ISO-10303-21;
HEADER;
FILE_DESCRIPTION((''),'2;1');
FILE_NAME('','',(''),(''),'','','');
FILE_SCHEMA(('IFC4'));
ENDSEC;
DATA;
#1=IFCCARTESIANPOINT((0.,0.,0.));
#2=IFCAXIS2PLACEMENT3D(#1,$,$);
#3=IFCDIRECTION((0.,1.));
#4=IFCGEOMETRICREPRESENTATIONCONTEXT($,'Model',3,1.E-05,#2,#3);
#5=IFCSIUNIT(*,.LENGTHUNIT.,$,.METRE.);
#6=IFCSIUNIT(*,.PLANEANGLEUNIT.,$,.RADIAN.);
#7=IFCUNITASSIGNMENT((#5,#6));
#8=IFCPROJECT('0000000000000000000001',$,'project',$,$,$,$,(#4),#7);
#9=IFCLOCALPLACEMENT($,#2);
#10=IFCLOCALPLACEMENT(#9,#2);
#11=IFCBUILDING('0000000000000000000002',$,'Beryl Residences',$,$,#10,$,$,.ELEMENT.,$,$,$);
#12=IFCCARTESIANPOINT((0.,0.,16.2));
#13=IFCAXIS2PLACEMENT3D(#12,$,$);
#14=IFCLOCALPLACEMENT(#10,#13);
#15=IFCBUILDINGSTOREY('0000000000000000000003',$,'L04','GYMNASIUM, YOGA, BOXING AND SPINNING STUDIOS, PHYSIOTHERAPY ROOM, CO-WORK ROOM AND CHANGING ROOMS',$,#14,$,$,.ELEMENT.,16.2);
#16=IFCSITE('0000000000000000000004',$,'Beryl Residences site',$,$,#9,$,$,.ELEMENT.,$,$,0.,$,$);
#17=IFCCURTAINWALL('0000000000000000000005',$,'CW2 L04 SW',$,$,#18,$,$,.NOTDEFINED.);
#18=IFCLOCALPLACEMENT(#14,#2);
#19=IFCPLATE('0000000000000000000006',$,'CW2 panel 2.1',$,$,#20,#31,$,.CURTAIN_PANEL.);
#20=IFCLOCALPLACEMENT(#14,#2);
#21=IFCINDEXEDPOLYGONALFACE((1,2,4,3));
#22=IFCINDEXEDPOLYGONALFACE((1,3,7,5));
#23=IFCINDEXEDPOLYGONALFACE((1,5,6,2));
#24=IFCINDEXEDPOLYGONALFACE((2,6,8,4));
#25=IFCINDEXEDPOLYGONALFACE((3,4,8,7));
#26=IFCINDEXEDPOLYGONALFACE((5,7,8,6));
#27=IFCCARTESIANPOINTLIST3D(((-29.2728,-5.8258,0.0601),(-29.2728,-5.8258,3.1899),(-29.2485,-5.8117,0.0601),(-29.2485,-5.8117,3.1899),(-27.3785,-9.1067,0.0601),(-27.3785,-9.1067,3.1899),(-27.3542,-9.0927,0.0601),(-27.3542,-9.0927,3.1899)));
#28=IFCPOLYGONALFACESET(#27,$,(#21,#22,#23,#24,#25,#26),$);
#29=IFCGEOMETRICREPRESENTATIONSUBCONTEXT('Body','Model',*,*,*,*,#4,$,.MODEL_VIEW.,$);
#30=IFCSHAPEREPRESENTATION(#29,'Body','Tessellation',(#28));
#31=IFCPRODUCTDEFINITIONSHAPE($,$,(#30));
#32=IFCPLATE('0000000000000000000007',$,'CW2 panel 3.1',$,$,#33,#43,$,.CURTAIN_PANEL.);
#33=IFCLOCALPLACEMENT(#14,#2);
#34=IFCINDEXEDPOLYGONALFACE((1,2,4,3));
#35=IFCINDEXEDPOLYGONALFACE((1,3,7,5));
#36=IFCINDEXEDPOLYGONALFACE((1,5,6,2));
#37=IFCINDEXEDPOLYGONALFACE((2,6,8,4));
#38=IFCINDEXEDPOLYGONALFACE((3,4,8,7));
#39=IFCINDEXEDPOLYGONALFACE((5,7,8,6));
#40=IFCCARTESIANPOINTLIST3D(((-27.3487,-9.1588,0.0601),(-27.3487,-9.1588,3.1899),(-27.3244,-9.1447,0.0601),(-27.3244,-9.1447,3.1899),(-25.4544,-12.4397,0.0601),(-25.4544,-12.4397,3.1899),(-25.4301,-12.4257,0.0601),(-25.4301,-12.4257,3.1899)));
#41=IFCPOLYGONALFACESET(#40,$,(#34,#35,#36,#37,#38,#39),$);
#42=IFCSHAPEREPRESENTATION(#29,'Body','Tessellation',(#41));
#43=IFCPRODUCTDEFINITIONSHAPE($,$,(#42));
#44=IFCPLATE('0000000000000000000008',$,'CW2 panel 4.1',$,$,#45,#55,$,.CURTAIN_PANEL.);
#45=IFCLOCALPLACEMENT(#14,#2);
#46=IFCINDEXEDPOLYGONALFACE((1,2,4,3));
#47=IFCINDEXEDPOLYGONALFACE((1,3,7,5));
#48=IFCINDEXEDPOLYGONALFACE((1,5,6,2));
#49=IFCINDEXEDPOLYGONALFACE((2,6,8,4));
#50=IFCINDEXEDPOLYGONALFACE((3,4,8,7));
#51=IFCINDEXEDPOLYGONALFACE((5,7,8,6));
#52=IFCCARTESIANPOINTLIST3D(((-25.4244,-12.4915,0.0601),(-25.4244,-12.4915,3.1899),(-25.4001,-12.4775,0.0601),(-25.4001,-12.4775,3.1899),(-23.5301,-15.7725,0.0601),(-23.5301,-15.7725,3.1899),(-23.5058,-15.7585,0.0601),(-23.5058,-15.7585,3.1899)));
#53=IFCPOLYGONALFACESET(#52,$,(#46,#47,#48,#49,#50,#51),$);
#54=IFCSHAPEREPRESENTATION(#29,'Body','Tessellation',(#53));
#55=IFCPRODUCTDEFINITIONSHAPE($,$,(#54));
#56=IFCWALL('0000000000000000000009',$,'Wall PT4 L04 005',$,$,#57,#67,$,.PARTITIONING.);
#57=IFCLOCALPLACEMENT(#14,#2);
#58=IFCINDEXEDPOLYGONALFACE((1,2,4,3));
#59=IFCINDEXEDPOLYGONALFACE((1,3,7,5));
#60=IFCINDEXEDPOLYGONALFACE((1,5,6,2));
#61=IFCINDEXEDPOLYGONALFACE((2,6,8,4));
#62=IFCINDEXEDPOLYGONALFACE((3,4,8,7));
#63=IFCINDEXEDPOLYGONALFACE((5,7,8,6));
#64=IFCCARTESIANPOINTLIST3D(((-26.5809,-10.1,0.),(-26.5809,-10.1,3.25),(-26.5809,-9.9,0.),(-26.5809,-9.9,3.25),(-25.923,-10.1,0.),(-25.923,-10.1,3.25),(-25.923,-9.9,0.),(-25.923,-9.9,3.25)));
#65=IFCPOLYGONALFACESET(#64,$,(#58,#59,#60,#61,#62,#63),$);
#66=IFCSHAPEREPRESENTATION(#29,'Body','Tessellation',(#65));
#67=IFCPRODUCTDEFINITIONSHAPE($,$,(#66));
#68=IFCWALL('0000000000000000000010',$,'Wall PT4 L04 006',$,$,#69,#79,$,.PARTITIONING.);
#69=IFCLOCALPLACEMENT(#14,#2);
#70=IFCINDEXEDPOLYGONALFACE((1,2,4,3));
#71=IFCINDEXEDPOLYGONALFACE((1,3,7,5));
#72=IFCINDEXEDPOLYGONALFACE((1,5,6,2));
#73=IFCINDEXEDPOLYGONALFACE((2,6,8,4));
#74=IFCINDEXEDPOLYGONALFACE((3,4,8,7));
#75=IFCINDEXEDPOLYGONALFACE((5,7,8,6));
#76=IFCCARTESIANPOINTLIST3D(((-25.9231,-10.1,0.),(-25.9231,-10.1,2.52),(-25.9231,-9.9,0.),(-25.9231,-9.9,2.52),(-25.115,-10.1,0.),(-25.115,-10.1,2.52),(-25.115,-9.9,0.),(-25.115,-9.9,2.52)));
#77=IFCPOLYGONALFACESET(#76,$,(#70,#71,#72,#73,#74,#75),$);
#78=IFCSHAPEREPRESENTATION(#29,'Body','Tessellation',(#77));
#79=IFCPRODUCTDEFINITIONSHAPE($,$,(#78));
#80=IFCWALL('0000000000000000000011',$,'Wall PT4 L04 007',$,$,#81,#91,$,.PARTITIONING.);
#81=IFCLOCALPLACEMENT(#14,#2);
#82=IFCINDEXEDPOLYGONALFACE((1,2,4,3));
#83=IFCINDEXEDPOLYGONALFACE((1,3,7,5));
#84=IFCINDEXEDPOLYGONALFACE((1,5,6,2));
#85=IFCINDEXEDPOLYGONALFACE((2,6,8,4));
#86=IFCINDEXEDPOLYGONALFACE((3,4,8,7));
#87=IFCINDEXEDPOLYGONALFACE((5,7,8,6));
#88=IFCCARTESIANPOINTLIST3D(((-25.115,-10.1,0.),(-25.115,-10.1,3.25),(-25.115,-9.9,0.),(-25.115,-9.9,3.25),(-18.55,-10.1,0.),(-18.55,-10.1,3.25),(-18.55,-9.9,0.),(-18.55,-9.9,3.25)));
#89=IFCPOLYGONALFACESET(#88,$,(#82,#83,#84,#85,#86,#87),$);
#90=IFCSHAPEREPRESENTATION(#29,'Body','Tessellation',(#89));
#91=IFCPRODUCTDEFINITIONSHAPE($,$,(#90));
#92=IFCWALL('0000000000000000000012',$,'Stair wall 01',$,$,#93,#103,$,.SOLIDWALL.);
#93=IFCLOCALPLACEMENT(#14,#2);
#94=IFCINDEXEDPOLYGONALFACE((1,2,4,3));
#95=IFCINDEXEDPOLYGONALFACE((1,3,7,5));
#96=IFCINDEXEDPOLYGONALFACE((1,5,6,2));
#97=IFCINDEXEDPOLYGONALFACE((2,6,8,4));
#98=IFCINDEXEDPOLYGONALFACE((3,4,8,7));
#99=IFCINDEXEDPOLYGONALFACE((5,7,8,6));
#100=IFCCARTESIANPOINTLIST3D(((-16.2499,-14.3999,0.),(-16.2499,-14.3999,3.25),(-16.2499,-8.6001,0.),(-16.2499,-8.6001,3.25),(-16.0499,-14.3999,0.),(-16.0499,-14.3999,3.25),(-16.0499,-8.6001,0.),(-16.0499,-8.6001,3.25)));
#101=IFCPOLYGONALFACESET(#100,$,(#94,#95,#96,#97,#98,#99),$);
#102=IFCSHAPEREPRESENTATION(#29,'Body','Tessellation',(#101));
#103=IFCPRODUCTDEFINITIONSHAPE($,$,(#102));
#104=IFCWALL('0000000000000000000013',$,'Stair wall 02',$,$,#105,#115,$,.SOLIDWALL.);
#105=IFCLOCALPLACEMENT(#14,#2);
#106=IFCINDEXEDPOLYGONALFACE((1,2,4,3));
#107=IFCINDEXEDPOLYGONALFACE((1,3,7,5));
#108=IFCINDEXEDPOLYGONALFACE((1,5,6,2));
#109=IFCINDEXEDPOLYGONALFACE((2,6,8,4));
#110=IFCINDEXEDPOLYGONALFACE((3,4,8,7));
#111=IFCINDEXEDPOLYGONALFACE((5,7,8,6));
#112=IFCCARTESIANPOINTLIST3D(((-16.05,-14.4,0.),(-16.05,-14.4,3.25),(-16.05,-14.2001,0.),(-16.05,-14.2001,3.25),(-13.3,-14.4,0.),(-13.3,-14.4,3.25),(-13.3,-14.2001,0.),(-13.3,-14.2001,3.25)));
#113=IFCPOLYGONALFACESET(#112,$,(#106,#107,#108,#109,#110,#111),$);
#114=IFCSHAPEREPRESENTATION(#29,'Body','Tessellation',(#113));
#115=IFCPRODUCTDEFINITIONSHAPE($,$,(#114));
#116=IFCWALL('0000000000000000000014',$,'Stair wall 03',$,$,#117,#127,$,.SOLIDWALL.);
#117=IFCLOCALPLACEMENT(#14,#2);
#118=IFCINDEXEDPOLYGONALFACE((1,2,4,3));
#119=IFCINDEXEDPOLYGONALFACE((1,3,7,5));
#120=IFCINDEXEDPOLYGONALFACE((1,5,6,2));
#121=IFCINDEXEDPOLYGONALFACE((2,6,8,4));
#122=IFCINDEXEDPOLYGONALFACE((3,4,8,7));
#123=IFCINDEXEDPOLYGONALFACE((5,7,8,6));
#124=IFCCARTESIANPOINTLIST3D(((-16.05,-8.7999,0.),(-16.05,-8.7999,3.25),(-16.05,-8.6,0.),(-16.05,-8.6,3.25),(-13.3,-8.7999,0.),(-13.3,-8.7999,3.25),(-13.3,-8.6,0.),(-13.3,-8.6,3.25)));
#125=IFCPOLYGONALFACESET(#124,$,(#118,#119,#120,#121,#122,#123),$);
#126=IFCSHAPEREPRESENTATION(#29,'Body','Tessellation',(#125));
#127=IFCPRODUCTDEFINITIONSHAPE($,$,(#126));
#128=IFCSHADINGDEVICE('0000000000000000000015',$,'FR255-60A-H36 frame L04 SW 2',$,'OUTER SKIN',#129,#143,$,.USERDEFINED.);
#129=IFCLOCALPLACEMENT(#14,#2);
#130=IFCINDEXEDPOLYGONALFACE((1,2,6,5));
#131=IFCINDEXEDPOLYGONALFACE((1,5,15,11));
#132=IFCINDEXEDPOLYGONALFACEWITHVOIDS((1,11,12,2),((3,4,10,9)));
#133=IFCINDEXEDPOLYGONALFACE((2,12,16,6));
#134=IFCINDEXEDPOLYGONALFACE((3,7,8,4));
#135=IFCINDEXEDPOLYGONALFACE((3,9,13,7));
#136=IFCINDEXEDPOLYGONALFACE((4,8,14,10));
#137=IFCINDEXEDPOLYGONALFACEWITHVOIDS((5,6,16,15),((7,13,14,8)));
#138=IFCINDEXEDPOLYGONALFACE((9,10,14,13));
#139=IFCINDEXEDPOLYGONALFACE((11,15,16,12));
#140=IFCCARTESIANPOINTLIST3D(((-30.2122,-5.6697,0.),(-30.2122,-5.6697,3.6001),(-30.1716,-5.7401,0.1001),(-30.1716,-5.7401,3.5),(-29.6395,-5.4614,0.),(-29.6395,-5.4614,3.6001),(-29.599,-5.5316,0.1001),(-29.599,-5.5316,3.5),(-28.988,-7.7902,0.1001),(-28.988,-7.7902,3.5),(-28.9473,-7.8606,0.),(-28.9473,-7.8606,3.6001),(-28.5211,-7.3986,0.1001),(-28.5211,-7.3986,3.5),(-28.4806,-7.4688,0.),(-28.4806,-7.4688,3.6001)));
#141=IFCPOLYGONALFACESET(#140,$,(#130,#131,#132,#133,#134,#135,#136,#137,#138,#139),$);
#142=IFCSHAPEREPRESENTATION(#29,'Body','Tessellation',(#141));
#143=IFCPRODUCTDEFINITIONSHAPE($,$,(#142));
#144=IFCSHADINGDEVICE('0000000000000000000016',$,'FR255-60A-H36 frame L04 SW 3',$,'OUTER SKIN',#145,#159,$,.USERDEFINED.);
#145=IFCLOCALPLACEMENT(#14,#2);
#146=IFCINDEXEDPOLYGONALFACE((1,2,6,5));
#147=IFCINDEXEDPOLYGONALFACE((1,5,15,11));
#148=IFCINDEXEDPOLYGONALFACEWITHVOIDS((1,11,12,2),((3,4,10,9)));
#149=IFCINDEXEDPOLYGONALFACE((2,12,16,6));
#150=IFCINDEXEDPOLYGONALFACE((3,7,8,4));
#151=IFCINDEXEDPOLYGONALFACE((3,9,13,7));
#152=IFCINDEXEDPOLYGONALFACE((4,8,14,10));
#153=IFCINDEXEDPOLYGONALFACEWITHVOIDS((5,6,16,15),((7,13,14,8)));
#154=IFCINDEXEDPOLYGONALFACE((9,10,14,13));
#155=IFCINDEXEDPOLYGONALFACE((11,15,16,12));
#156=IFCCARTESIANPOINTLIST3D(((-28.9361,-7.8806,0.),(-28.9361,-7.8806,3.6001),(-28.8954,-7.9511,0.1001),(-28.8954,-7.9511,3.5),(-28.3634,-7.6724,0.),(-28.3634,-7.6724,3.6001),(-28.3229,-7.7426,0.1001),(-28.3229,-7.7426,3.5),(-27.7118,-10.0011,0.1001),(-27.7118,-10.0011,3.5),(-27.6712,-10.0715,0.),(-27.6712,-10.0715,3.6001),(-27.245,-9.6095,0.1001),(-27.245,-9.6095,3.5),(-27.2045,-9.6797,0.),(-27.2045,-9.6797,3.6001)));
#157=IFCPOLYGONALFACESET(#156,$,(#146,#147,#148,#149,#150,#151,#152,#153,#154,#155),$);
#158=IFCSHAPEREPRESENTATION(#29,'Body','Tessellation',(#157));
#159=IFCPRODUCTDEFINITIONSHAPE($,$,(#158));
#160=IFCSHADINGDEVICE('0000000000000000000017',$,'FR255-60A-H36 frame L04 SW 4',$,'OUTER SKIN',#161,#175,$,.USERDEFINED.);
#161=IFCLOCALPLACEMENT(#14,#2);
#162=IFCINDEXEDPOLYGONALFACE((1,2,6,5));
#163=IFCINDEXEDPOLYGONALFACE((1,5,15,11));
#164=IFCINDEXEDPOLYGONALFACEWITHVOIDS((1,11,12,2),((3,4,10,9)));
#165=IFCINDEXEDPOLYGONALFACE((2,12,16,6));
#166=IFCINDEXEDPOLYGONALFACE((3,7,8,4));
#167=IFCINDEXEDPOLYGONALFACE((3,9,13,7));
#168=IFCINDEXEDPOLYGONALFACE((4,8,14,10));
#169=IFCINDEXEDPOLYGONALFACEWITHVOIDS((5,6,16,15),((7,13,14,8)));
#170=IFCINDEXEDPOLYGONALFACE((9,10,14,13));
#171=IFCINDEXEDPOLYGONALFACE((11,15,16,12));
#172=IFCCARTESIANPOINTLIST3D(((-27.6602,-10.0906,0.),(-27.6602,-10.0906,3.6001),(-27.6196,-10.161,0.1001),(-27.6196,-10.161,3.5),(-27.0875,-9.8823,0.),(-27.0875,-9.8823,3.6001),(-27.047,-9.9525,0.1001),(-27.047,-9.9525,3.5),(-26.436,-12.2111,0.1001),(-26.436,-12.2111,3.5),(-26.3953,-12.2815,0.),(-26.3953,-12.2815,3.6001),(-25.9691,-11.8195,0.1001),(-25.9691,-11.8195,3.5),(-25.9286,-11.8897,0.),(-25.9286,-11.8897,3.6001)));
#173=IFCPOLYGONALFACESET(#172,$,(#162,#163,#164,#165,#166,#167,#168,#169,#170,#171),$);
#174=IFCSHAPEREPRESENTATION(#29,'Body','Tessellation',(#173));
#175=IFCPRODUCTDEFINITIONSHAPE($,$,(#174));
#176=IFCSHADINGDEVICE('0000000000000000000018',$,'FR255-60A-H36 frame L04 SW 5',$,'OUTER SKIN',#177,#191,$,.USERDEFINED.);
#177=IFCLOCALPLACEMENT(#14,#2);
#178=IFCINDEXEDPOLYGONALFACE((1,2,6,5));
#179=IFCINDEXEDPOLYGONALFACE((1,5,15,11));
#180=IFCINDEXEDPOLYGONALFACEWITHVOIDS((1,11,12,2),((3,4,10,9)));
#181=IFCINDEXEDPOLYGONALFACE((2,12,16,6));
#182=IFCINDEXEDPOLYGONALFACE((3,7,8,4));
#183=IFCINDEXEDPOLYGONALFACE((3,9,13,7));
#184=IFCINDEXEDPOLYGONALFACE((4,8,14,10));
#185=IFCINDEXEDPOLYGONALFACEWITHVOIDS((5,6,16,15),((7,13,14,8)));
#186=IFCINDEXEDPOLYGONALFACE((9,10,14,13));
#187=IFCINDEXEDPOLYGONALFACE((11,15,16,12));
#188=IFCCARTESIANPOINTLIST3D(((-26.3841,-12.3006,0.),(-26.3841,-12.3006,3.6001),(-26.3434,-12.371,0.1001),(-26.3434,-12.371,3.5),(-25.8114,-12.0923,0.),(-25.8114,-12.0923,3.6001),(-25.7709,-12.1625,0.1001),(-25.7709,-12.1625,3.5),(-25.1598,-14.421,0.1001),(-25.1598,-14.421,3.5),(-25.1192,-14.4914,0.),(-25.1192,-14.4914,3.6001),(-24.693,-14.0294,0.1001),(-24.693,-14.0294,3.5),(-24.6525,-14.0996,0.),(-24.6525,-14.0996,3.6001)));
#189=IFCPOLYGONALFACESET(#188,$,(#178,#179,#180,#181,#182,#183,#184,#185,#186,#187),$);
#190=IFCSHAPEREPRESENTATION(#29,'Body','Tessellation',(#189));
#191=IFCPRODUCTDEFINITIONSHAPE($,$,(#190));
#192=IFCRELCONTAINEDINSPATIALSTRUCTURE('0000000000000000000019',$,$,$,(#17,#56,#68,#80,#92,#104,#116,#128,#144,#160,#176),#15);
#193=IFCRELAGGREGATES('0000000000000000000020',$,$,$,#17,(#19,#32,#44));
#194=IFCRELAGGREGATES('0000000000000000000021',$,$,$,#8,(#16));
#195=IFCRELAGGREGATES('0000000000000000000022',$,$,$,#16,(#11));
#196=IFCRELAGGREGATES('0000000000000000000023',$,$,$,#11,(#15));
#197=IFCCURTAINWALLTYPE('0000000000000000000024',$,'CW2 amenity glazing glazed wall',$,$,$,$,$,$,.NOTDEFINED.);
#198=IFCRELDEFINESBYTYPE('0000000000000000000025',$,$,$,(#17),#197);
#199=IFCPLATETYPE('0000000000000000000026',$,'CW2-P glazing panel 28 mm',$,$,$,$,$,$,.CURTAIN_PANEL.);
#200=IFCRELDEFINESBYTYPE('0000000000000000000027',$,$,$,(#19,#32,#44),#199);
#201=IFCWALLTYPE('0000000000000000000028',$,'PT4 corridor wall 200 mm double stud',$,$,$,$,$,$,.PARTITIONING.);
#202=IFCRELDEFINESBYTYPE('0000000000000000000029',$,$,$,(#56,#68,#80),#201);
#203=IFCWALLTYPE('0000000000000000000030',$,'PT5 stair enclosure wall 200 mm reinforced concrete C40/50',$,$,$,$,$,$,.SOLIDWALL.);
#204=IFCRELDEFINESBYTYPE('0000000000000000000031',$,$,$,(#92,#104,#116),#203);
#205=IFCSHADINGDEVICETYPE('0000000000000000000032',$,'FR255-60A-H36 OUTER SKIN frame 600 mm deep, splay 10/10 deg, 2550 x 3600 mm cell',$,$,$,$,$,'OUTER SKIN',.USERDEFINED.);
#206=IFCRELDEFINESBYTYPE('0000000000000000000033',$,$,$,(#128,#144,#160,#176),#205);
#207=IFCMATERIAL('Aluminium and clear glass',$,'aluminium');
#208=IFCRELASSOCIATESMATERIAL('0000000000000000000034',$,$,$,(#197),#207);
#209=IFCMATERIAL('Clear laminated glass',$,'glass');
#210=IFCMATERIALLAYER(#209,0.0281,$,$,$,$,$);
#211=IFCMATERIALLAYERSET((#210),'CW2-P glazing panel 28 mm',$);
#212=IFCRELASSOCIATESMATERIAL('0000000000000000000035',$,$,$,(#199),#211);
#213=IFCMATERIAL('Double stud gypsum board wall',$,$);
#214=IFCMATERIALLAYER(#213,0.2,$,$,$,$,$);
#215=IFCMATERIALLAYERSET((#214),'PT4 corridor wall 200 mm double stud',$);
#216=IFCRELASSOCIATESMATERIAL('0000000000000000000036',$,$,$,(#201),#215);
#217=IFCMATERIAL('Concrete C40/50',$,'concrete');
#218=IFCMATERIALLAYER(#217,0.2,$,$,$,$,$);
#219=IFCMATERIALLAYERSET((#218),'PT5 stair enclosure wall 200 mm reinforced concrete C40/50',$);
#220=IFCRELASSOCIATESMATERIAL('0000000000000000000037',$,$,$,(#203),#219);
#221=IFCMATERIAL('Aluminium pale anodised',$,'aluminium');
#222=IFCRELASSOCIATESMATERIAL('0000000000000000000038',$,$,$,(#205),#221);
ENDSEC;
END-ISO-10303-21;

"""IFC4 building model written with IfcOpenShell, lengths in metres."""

from ifc_helpers import new_model, entity, si_unit, direction, frame, frame_2d, origin, origin_2d, place, context, subcontext, project, spatial, rectangle, extrude, source, transform, mapped, material, layer, layer_set, type_object, type_shapes, element, aggregate, save


model = new_model("IFC4")

# Units and contexts
model_context = context("Model", 3, precision=1e-05, world=origin(), true_north=direction((0.0, 1.0)))
body_context = subcontext(model_context, "Body", "Model", "MODEL_VIEW")
ifc_project = project(units=[si_unit("LENGTHUNIT", "METRE"), si_unit("PLANEANGLEUNIT", "RADIAN")], contexts=[model_context])

# Site, building, storey
site_placement = place(None, origin())
site = spatial("IfcSite", under=ifc_project, at=site_placement, Name="Beryl Residences site", CompositionType="ELEMENT", RefElevation=0.0)
building_placement = place(site_placement, origin())
building = spatial("IfcBuilding", under=site, at=building_placement, Name="Beryl Residences", CompositionType="ELEMENT")
storey_placement = place(building_placement, frame((0.0, 0.0, 16.2)))
storey = spatial("IfcBuildingStorey", under=building, at=storey_placement, Name="L04", Description="GYMNASIUM, YOGA, BOXING AND SPINNING STUDIOS, PHYSIOTHERAPY ROOM, CO-WORK ROOM AND CHANGING ROOMS", CompositionType="ELEMENT", Elevation=16.2)

# Curtain wall
ifc_material_1 = material(Name="Aluminium and clear glass", Category="aluminium")
curtain_wall_type = type_object("IfcCurtainWallType", Name="CW2 amenity glazing glazed wall", PredefinedType="NOTDEFINED", material=ifc_material_1)
curtain_wall_placement = place(storey_placement, origin())
curtain_wall = element("IfcCurtainWall", 1, at=curtain_wall_placement, inside=storey, type_object=curtain_wall_type, Name="CW2 L04 SW", PredefinedType="NOTDEFINED")

# Plates
ifc_material_2 = material(Name="Clear laminated glass", Category="glass")
ifc_layer_1 = layer(ifc_material_2, 0.0281)
ifc_layer_set_1 = layer_set([ifc_layer_1], Name="CW2-P glazing panel 28 mm")
plate_type = type_object("IfcPlateType", Name="CW2-P glazing panel 28 mm", PredefinedType="CURTAIN_PANEL", material=ifc_layer_set_1)
plate_1_placement = place(storey_placement, frame((-28.3135, -7.4592, 0.0601), z_axis=(0.0, 0.0, 1.0), x_axis=(0.500012, -0.866019, 0.0)))
plate_1 = element("IfcPlate", 2, at=plate_1_placement, type_object=plate_type, Name="CW2 panel 2.1", PredefinedType="CURTAIN_PANEL", context=body_context, shape_type="SweptSolid", body=[
    extrude(rectangle(XDim=3.7886, YDim=0.0281, at=origin_2d()), origin(), (0.0, 0.0, 1.0), 3.1299),
])
plate_2_placement = place(storey_placement, frame((-26.3894, -10.7922, 0.0601), z_axis=(0.0, 0.0, 1.0), x_axis=(0.500012, -0.866019, 0.0)))
plate_2 = element("IfcPlate", 3, at=plate_2_placement, type_object=plate_type, Name="CW2 panel 3.1", PredefinedType="CURTAIN_PANEL", context=body_context, shape_type="SweptSolid", body=[
    extrude(rectangle(XDim=3.7886, YDim=0.0281, at=origin_2d()), origin(), (0.0, 0.0, 1.0), 3.1299),
])
plate_3_placement = place(storey_placement, frame((-24.4651, -14.125, 0.0601), z_axis=(0.0, 0.0, 1.0), x_axis=(0.500012, -0.866019, 0.0)))
plate_3 = element("IfcPlate", 4, at=plate_3_placement, type_object=plate_type, Name="CW2 panel 4.1", PredefinedType="CURTAIN_PANEL", context=body_context, shape_type="SweptSolid", body=[
    extrude(rectangle(XDim=3.7886, YDim=0.0281, at=origin_2d()), origin(), (0.0, 0.0, 1.0), 3.1299),
])
aggregate(curtain_wall, [plate_1, plate_2, plate_3])

# Walls
ifc_material_3 = material(Name="Double stud gypsum board wall")
ifc_layer_2 = layer(ifc_material_3, 0.2)
ifc_layer_set_2 = layer_set([ifc_layer_2], Name="PT4 corridor wall 200 mm double stud")
wall_type_1 = type_object("IfcWallType", Name="PT4 corridor wall 200 mm double stud", PredefinedType="PARTITIONING", material=ifc_layer_set_2)
wall_1_placement = place(storey_placement, frame((-26.5811, -10.0, 0.0), z_axis=(0.0, 0.0, 1.0), x_axis=(1.0, 0.0, 0.0)))
element("IfcWall", 5, at=wall_1_placement, inside=storey, type_object=wall_type_1, Name="Wall PT4 L04 005", PredefinedType="PARTITIONING", context=body_context, shape_type="SweptSolid", body=[
    extrude(rectangle(XDim=0.658, YDim=0.2, at=frame_2d((0.3291, 0.0))), origin(), (0.0, 0.0, 1.0), 3.25),
])
wall_2_placement = place(storey_placement, frame((-25.9231, -10.0, 0.0), z_axis=(0.0, 0.0, 1.0), x_axis=(1.0, 0.0, 0.0)))
element("IfcWall", 6, at=wall_2_placement, inside=storey, type_object=wall_type_1, Name="Wall PT4 L04 006", PredefinedType="PARTITIONING", context=body_context, shape_type="SweptSolid", body=[
    extrude(rectangle(XDim=0.8081, YDim=0.2, at=frame_2d((0.4041, 0.0))), origin(), (0.0, 0.0, 1.0), 2.52),
])
wall_3_placement = place(storey_placement, frame((-25.115, -10.0, 0.0), z_axis=(0.0, 0.0, 1.0), x_axis=(1.0, 0.0, 0.0)))
element("IfcWall", 7, at=wall_3_placement, inside=storey, type_object=wall_type_1, Name="Wall PT4 L04 007", PredefinedType="PARTITIONING", context=body_context, shape_type="SweptSolid", body=[
    extrude(rectangle(XDim=6.5649, YDim=0.2, at=frame_2d((3.2825, 0.0))), origin(), (0.0, 0.0, 1.0), 3.25),
])
ifc_material_4 = material(Name="Concrete C40/50", Category="concrete")
ifc_layer_3 = layer(ifc_material_4, 0.2)
ifc_layer_set_3 = layer_set([ifc_layer_3], Name="PT5 stair enclosure wall 200 mm reinforced concrete C40/50")
wall_type_2 = type_object("IfcWallType", Name="PT5 stair enclosure wall 200 mm reinforced concrete C40/50", PredefinedType="SOLIDWALL", material=ifc_layer_set_3)
wall_4_placement = place(storey_placement, frame((-16.1499, -14.3999, 0.0), z_axis=(0.0, 0.0, 1.0), x_axis=(0.0, 1.0, 0.0)))
element("IfcWall", 8, at=wall_4_placement, inside=storey, type_object=wall_type_2, Name="Stair wall 01", PredefinedType="SOLIDWALL", context=body_context, shape_type="SweptSolid", body=[
    extrude(rectangle(XDim=5.7998, YDim=0.2, at=frame_2d((2.8999, 0.0))), origin(), (0.0, 0.0, 1.0), 3.25),
])
for number, where, z_axis, x_axis, name in (
    (9, (-16.05, -14.3, 0.0), (0.0, 0.0, 1.0), (1.0, 0.0, 0.0), "Stair wall 02"),
    (10, (-16.05, -8.7, 0.0), (0.0, 0.0, 1.0), (1.0, 0.0, 0.0), "Stair wall 03"),
):
    element("IfcWall", number, at=place(storey_placement, frame(where, z_axis=z_axis, x_axis=x_axis)), inside=storey, type_object=wall_type_2, Name=name, PredefinedType="SOLIDWALL", context=body_context, shape_type="SweptSolid", body=[
        extrude(rectangle(XDim=2.75, YDim=0.2, at=frame_2d((1.375, 0.0))), origin(), (0.0, 0.0, 1.0), 3.25),
    ])

# Shading devices
ifc_material_5 = material(Name="Aluminium pale anodised", Category="aluminium")
shading_device_type = type_object("IfcShadingDeviceType", Name="FR255-60A-H36 OUTER SKIN frame 600 mm deep, splay 10/10 deg, 2550 x 3600 mm cell", ElementType="OUTER SKIN", PredefinedType="USERDEFINED", material=ifc_material_5)
cartesian_point_1 = entity("IfcCartesianPoint", [-1.1589, 0.0])
cartesian_point_2 = entity("IfcCartesianPoint", [-1.0779, 0.1001])
cartesian_point_3 = entity("IfcCartesianPoint", [-1.2649, 0.0])
cartesian_point_4 = entity("IfcCartesianPoint", [-1.1836, 0.1001])
shared_shape_1 = source(origin(), body_context, "Body", "SweptSolid", [
    entity("IfcExtrudedAreaSolidTapered", entity("IfcArbitraryProfileDefWithVoids", "AREA", None, entity("IfcPolyline", [cartesian_point_1, entity("IfcCartesianPoint", [1.1589, 0.0]), entity("IfcCartesianPoint", [1.1589, 3.6001]), entity("IfcCartesianPoint", [-1.1589, 3.6001]), cartesian_point_1]), [entity("IfcPolyline", [cartesian_point_2, entity("IfcCartesianPoint", [1.0779, 0.1001]), entity("IfcCartesianPoint", [1.0779, 3.5]), entity("IfcCartesianPoint", [-1.0779, 3.5]), cartesian_point_2])]), entity("IfcAxis2Placement3D", entity("IfcCartesianPoint", [0.0, 0.0, 0.0]), entity("IfcDirection", [0.0, 1.0, 0.0]), entity("IfcDirection", [-1.0, 0.0, 0.0])), entity("IfcDirection", [0.0, 0.0, 1.0]), 0.6001, entity("IfcArbitraryProfileDefWithVoids", "AREA", None, entity("IfcPolyline", [cartesian_point_3, entity("IfcCartesianPoint", [1.2649, 0.0]), entity("IfcCartesianPoint", [1.2649, 3.6001]), entity("IfcCartesianPoint", [-1.2649, 3.6001]), cartesian_point_3]), [entity("IfcPolyline", [cartesian_point_4, entity("IfcCartesianPoint", [1.1836, 0.1001]), entity("IfcCartesianPoint", [1.1836, 3.5]), entity("IfcCartesianPoint", [-1.1836, 3.5]), cartesian_point_4])])),
])
type_shapes(shading_device_type, [shared_shape_1])
for number, where, z_axis, x_axis, name in (
    (11, (-29.0601, -6.4651, 0.0), (0.0, 0.0, 1.0), (-0.5, 0.866025, 0.0), "FR255-60A-H36 frame L04 SW 2"),
    (12, (-27.7839, -8.676, 0.0), (0.0, 0.0, 1.0), (-0.5, 0.866025, 0.0), "FR255-60A-H36 frame L04 SW 3"),
    (13, (-26.5081, -10.886, 0.0), (0.0, 0.0, 1.0), (-0.5, 0.866025, 0.0), "FR255-60A-H36 frame L04 SW 4"),
    (14, (-25.2319, -13.0959, 0.0), (0.0, 0.0, 1.0), (-0.5, 0.866025, 0.0), "FR255-60A-H36 frame L04 SW 5"),
):
    element("IfcShadingDevice", number, at=place(storey_placement, frame(where, z_axis=z_axis, x_axis=x_axis)), inside=storey, type_object=shading_device_type, Name=name, ObjectType="OUTER SKIN", PredefinedType="USERDEFINED", context=body_context, shape_type="MappedRepresentation", body=[
        mapped(shared_shape_1, transform((0.0, 0.0, 0.0))),
    ])

save(model, "model.ifc")
